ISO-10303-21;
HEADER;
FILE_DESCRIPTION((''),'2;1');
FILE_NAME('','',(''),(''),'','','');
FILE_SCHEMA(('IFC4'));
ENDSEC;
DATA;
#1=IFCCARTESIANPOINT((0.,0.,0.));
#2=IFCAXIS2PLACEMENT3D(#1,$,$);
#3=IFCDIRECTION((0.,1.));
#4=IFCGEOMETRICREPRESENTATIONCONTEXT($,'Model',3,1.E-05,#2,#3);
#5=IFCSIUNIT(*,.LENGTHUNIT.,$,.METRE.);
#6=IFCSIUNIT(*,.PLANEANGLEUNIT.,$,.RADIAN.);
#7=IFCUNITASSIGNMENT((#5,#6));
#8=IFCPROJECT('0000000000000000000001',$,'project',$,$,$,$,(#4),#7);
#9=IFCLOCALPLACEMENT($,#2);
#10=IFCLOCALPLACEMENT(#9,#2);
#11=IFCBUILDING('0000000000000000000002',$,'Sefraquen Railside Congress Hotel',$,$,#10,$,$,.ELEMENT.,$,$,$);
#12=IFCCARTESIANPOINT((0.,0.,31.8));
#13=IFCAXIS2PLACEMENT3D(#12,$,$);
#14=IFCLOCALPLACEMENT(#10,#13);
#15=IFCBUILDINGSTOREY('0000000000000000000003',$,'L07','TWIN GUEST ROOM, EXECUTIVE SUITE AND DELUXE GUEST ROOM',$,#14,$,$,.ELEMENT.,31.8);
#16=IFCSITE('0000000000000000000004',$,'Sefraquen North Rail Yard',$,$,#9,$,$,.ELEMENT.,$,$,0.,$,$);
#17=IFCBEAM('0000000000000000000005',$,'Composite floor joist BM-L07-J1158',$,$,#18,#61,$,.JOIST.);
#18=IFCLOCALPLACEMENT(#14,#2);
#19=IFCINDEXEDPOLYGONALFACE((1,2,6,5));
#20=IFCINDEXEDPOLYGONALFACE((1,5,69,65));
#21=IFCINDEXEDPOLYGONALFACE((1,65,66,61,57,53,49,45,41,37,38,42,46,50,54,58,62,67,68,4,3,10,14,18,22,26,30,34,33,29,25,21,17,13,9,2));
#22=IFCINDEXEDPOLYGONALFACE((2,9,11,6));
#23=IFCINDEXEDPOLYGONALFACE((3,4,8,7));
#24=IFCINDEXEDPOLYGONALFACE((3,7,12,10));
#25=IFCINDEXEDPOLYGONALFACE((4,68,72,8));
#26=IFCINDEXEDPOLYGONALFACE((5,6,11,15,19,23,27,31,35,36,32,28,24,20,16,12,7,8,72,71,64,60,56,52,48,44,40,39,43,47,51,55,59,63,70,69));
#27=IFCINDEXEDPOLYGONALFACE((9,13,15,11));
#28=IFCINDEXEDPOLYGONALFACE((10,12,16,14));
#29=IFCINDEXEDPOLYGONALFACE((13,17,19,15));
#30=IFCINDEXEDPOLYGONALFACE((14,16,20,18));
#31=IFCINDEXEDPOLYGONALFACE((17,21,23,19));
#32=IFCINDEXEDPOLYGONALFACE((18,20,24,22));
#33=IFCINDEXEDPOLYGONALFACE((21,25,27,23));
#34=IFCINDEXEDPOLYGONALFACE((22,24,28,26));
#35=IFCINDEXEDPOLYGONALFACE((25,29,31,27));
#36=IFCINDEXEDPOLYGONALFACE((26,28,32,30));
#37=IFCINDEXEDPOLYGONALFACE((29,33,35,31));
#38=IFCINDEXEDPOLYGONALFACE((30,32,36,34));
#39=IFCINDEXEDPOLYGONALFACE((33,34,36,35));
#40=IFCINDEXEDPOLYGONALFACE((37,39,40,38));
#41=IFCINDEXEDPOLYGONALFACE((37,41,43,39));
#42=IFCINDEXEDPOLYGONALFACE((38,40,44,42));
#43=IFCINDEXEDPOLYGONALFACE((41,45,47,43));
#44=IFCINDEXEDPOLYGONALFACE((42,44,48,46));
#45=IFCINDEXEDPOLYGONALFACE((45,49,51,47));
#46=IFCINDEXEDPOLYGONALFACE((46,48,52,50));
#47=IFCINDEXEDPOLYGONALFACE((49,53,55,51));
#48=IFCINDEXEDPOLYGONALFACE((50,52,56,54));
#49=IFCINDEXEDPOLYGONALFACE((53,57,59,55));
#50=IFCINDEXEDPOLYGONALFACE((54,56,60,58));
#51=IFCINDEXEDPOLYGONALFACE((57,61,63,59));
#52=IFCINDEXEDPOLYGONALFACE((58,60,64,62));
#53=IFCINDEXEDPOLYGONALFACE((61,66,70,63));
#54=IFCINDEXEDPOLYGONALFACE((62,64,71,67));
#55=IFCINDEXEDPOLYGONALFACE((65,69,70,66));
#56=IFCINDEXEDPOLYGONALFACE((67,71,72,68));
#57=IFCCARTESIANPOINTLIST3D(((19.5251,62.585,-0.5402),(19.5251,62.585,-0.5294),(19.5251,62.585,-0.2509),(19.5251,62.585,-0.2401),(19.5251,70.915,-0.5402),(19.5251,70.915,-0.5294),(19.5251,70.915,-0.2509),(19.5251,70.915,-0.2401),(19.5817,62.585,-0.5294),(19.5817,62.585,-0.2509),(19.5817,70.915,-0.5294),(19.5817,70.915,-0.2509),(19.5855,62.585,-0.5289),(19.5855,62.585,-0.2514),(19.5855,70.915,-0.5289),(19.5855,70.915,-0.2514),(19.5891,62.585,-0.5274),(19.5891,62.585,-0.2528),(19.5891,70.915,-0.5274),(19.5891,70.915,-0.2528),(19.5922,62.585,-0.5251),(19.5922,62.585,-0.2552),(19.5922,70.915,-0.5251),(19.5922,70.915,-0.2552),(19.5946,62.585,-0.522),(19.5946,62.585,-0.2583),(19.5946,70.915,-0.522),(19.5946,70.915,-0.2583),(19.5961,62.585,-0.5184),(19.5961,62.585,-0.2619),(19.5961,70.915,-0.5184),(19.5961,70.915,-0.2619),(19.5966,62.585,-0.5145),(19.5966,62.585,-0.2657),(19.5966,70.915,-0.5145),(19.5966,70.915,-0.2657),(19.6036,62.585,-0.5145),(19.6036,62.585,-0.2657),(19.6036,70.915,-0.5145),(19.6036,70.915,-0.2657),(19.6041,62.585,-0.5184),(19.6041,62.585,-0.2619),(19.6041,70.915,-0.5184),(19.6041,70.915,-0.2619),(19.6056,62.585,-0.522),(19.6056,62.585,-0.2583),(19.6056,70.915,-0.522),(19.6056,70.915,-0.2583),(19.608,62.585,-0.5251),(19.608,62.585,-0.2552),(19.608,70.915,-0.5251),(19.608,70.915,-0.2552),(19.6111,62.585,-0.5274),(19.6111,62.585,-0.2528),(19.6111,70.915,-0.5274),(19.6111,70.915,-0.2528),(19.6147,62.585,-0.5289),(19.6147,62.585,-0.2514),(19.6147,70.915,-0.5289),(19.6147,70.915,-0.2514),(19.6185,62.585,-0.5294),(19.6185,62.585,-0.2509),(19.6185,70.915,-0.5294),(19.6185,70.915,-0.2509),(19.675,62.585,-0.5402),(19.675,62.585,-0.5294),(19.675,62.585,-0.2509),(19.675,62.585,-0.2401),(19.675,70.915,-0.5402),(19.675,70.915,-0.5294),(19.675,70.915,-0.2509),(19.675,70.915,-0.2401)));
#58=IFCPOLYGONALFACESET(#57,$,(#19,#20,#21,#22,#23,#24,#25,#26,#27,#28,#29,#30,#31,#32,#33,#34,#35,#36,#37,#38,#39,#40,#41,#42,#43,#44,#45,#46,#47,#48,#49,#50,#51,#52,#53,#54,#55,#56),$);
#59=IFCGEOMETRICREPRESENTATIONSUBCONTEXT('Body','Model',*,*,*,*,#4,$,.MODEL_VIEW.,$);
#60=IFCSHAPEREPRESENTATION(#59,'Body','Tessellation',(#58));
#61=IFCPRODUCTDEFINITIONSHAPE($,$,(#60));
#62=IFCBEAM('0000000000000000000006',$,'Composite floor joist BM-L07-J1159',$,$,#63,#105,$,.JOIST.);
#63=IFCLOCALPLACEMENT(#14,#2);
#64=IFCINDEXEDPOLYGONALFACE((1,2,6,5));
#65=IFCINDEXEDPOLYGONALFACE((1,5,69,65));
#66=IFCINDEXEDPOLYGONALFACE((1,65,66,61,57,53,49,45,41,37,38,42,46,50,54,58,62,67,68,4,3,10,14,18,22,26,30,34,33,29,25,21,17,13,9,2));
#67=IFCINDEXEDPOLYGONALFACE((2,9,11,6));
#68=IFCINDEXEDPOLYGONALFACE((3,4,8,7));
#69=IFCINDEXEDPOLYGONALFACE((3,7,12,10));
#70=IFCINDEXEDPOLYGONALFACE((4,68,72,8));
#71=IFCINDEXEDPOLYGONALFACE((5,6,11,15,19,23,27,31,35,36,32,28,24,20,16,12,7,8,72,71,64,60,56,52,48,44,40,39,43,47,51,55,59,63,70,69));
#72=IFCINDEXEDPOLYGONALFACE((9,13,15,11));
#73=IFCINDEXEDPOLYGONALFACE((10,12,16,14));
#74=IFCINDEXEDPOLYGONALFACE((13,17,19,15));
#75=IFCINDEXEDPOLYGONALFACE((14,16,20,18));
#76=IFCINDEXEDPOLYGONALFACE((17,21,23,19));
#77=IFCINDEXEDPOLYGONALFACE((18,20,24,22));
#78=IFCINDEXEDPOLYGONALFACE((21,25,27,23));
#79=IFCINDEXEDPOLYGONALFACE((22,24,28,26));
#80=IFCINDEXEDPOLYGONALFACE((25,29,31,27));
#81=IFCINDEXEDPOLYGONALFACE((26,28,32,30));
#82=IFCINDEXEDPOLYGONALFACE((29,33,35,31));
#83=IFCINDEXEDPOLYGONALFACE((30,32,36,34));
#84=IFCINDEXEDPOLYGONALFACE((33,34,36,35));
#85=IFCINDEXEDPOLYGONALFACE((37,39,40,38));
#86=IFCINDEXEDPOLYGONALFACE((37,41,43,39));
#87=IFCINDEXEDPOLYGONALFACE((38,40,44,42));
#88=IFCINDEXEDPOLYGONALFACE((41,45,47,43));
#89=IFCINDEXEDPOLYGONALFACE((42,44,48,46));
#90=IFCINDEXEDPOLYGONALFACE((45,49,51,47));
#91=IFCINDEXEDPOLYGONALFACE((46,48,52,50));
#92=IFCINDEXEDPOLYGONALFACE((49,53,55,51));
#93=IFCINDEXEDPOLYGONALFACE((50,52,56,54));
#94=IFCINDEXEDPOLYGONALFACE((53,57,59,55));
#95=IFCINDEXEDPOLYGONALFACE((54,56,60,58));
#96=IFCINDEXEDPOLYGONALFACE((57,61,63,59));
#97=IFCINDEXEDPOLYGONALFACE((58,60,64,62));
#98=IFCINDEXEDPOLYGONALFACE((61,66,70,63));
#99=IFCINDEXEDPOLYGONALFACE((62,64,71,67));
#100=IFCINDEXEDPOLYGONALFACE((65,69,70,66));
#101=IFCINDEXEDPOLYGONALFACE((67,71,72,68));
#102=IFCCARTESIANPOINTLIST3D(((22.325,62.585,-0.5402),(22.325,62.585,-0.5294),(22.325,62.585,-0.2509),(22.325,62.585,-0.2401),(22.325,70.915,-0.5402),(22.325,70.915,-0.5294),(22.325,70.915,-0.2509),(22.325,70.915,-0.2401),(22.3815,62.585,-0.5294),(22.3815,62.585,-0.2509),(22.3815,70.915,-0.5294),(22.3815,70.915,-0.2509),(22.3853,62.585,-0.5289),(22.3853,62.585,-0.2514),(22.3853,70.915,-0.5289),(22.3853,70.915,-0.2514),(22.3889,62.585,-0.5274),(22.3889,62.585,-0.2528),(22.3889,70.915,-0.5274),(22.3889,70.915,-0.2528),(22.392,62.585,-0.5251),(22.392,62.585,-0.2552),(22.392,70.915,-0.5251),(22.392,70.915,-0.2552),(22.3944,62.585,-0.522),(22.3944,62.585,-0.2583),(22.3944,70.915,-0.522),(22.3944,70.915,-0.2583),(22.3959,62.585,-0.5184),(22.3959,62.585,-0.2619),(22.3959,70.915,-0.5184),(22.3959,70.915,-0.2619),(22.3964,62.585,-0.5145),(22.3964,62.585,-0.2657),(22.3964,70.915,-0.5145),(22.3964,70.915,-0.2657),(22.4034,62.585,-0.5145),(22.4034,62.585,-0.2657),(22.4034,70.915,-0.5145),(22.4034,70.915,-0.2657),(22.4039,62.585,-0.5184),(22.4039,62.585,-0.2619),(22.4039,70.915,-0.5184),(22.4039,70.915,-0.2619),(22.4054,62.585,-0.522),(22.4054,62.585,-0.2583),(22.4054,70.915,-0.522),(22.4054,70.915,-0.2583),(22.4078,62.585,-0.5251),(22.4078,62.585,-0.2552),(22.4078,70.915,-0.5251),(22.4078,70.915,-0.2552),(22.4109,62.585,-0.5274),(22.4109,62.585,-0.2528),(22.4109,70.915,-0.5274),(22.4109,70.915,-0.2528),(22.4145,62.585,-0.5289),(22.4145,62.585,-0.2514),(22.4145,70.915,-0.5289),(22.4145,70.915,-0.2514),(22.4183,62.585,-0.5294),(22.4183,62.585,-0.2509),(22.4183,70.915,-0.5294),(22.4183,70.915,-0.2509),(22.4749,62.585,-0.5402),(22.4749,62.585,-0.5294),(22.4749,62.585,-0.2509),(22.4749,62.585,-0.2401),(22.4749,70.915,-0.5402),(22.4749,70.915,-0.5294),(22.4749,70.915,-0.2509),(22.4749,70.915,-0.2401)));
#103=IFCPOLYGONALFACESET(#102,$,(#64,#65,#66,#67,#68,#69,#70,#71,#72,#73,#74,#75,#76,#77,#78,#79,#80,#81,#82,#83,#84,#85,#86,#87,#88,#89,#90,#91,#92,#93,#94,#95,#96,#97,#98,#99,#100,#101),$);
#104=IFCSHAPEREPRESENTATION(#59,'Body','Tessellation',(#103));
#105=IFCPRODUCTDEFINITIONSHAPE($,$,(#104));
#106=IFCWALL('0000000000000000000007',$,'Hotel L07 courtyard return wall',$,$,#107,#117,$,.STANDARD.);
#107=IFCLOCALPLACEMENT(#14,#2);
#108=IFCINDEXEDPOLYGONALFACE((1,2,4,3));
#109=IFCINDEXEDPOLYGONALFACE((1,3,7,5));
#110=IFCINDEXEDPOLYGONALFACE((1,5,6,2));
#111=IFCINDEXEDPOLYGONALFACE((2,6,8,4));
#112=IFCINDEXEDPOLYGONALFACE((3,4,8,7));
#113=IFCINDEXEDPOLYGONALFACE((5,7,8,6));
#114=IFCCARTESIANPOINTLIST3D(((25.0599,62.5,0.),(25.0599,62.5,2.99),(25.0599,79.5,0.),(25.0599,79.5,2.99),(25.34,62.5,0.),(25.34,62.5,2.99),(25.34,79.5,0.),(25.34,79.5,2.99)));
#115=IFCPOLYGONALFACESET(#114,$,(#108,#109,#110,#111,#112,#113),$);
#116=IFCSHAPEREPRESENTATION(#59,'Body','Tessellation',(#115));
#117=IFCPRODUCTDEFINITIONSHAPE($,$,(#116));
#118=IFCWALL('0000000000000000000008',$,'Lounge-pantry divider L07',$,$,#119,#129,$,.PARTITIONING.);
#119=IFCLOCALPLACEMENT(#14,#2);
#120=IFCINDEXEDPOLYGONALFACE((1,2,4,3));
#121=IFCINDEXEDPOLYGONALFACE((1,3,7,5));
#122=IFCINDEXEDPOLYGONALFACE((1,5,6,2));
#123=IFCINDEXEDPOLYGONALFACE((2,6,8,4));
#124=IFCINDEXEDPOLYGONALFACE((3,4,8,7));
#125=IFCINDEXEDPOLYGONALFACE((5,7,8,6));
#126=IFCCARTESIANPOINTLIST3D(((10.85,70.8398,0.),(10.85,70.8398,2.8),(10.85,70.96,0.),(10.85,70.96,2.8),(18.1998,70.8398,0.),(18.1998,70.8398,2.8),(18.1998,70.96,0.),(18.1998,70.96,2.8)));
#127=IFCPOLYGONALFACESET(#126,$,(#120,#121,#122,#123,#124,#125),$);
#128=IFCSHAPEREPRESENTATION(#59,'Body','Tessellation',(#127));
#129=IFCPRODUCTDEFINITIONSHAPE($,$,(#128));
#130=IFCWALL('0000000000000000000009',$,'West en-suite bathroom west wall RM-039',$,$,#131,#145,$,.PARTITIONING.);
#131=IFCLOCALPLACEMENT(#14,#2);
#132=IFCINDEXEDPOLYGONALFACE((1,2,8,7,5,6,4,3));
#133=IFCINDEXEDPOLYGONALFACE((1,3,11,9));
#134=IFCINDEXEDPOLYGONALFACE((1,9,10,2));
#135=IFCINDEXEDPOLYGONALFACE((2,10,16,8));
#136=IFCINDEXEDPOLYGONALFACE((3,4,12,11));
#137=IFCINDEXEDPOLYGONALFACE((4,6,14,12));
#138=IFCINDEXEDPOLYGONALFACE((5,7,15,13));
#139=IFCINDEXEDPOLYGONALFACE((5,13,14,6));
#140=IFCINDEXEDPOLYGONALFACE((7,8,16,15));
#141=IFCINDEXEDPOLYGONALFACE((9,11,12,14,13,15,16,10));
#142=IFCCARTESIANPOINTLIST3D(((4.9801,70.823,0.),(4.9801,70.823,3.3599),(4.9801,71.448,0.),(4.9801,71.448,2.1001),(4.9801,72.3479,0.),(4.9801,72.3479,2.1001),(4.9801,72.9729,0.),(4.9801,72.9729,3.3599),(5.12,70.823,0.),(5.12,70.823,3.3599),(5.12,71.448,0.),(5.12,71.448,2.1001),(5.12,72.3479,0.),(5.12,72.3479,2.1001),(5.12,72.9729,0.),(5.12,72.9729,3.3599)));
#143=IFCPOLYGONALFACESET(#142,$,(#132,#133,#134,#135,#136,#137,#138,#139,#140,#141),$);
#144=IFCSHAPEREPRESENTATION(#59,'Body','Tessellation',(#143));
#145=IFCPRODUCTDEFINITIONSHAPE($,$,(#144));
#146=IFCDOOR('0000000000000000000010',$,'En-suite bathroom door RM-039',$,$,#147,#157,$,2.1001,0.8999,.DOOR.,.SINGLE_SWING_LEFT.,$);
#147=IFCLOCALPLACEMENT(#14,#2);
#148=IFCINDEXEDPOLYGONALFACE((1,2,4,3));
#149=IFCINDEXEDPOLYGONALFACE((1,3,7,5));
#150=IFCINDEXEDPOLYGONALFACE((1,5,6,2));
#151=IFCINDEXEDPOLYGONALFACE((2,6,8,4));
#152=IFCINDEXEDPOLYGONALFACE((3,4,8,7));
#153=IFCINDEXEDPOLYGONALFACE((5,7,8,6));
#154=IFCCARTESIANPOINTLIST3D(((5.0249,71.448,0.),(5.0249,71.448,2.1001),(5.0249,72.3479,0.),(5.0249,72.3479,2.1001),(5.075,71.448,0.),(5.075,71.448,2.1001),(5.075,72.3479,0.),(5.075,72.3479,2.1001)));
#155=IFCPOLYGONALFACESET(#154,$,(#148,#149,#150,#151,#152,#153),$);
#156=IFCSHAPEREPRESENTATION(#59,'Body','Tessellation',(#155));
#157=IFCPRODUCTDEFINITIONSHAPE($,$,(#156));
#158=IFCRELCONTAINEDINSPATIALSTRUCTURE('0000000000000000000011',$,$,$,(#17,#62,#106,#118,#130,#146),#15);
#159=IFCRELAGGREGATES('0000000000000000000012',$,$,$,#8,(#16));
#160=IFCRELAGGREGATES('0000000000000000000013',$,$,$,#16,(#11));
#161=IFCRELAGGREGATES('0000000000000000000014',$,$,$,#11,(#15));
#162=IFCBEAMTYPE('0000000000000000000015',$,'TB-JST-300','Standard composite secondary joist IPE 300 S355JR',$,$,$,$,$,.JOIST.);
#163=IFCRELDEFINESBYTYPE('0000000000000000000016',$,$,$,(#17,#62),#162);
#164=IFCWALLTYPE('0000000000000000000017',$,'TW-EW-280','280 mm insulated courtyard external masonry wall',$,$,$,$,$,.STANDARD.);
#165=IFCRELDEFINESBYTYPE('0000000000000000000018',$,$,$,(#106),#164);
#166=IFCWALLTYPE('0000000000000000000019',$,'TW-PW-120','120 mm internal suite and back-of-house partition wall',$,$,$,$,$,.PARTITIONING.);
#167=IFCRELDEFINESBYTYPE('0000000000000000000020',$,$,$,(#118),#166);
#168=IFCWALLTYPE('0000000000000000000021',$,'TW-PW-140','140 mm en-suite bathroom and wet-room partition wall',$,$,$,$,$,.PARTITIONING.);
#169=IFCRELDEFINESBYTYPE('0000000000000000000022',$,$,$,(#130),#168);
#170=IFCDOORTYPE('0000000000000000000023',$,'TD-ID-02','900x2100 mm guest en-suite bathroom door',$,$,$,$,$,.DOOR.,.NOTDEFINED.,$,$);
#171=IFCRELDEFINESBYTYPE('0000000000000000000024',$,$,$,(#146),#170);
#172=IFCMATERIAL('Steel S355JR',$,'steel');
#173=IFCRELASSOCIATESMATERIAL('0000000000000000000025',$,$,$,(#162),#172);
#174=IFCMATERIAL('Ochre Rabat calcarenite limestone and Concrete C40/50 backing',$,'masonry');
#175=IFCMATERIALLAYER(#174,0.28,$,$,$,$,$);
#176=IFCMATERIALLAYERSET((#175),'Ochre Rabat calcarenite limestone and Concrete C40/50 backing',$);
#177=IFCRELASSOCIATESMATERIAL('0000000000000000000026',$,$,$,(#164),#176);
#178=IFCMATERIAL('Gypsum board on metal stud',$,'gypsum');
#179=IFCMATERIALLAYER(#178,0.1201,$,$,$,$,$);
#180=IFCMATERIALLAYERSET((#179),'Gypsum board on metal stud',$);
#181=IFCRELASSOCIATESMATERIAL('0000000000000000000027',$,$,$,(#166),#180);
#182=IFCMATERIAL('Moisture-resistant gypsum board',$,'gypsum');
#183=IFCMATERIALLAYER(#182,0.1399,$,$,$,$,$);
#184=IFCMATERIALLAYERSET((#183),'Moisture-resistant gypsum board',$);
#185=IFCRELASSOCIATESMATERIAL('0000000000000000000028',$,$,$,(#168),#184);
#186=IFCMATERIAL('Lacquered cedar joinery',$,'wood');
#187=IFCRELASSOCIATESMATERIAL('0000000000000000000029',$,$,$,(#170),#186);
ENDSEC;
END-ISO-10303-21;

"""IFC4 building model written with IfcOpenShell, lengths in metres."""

from ifc_helpers import new_model, si_unit, direction, frame, frame_2d, origin, origin_2d, place, context, subcontext, project, spatial, rectangle, i_section, extrude, material, layer, layer_set, material_profile, profile_set, type_object, element, fill, save


model = new_model("IFC4")

# Units and contexts
model_context = context("Model", 3, precision=1e-05, world=origin(), true_north=direction((0.0, 1.0)))
body_context = subcontext(model_context, "Body", "Model", "MODEL_VIEW")
ifc_project = project(units=[si_unit("LENGTHUNIT", "METRE"), si_unit("PLANEANGLEUNIT", "RADIAN")], contexts=[model_context])

# Site, building, storey
site_placement = place(None, origin())
site = spatial("IfcSite", under=ifc_project, at=site_placement, Name="Sefraquen North Rail Yard", CompositionType="ELEMENT", RefElevation=0.0)
building_placement = place(site_placement, origin())
building = spatial("IfcBuilding", under=site, at=building_placement, Name="Sefraquen Railside Congress Hotel", CompositionType="ELEMENT")
storey_placement = place(building_placement, frame((0.0, 0.0, 31.8)))
storey = spatial("IfcBuildingStorey", under=building, at=storey_placement, Name="L07", Description="TWIN GUEST ROOM, EXECUTIVE SUITE AND DELUXE GUEST ROOM", CompositionType="ELEMENT", Elevation=31.8)

# Beams
ifc_material_1 = material(Name="Steel S355JR", Category="steel")
ifc_material_profile_1 = material_profile(ifc_material_1, i_section(OverallWidth=0.1499, OverallDepth=0.3, WebThickness=0.0071, FlangeThickness=0.0107, FilletRadius=0.0149, at=origin_2d()), Name="IPE 300")
ifc_profile_set_1 = profile_set([ifc_material_profile_1], Name="Steel S355JR")
beam_type_1 = type_object("IfcBeamType", Name="TB-JST-300", Description="Standard composite secondary joist IPE 300 S355JR", PredefinedType="JOIST", material=ifc_profile_set_1)
for number, where, z_axis, x_axis, name in (
    (1, (19.6001, 62.585, -0.3901), (0.0, 1.0, 0.0), (-1.0, 0.0, 0.0), "Composite floor joist BM-L07-J1158"),
    (2, (22.3999, 62.585, -0.3901), (0.0, 1.0, 0.0), (-1.0, 0.0, 0.0), "Composite floor joist BM-L07-J1159"),
):
    element("IfcBeam", number, at=place(storey_placement, frame(where, z_axis=z_axis, x_axis=x_axis)), inside=storey, type_object=beam_type_1, Name=name, PredefinedType="JOIST", context=body_context, shape_type="SweptSolid", body=[
        extrude(i_section(OverallWidth=0.1499, OverallDepth=0.3, WebThickness=0.0071, FlangeThickness=0.0107, FilletRadius=0.0149, at=origin_2d()), origin(), (0.0, 0.0, 1.0), 8.3301),
    ])

# Walls
ifc_material_2 = material(Name="Ochre Rabat calcarenite limestone and Concrete C40/50 backing", Category="masonry")
ifc_layer_1 = layer(ifc_material_2, 0.28)
ifc_layer_set_1 = layer_set([ifc_layer_1], Name="Ochre Rabat calcarenite limestone and Concrete C40/50 backing")
wall_type_1 = type_object("IfcWallType", Name="TW-EW-280", Description="280 mm insulated courtyard external masonry wall", PredefinedType="STANDARD", material=ifc_layer_set_1)
wall_1_placement = place(storey_placement, frame((25.2, 62.5, 0.0), z_axis=(0.0, 0.0, 1.0), x_axis=(0.0, 1.0, 0.0)))
element("IfcWall", 3, at=wall_1_placement, inside=storey, type_object=wall_type_1, Name="Hotel L07 courtyard return wall", PredefinedType="STANDARD", context=body_context, shape_type="SweptSolid", body=[
    extrude(rectangle(XDim=17.0, YDim=0.28, at=frame_2d((8.5, 0.0))), origin(), (0.0, 0.0, 1.0), 2.99),
])
ifc_material_3 = material(Name="Gypsum board on metal stud", Category="gypsum")
ifc_layer_2 = layer(ifc_material_3, 0.1201)
ifc_layer_set_2 = layer_set([ifc_layer_2], Name="Gypsum board on metal stud")
wall_type_2 = type_object("IfcWallType", Name="TW-PW-120", Description="120 mm internal suite and back-of-house partition wall", PredefinedType="PARTITIONING", material=ifc_layer_set_2)
wall_2_placement = place(storey_placement, frame((10.8501, 70.8999, 0.0), z_axis=(0.0, 0.0, 1.0), x_axis=(1.0, 0.0, 0.0)))
element("IfcWall", 4, at=wall_2_placement, inside=storey, type_object=wall_type_2, Name="Lounge-pantry divider L07", PredefinedType="PARTITIONING", context=body_context, shape_type="SweptSolid", body=[
    extrude(rectangle(XDim=7.3499, YDim=0.1201, at=frame_2d((3.6748, 0.0))), origin(), (0.0, 0.0, 1.0), 2.8),
])

# Wall, opening, door
ifc_material_4 = material(Name="Moisture-resistant gypsum board", Category="gypsum")
ifc_layer_3 = layer(ifc_material_4, 0.1399)
ifc_layer_set_3 = layer_set([ifc_layer_3], Name="Moisture-resistant gypsum board")
wall_type_3 = type_object("IfcWallType", Name="TW-PW-140", Description="140 mm en-suite bathroom and wet-room partition wall", PredefinedType="PARTITIONING", material=ifc_layer_set_3)
wall_3_placement = place(storey_placement, frame((5.05, 70.823, 0.0), z_axis=(0.0, 0.0, 1.0), x_axis=(0.0, 1.0, 0.0)))
wall_3 = element("IfcWall", 5, at=wall_3_placement, inside=storey, type_object=wall_type_3, Name="West en-suite bathroom west wall RM-039", PredefinedType="PARTITIONING", context=body_context, shape_type="SweptSolid", body=[
    extrude(rectangle(XDim=2.1499, YDim=0.1399, at=frame_2d((1.075, 0.0))), origin(), (0.0, 0.0, 1.0), 3.3599),
])
opening_1_placement = place(wall_3_placement, frame((0.625, 0.0, 0.0)))
opening_1 = element("IfcOpeningElement", 6, at=opening_1_placement, cuts=wall_3, PredefinedType="OPENING", context=body_context, shape_type="SweptSolid", body=[
    extrude(rectangle(XDim=0.8999, YDim=2.1001, at=frame_2d((0.45, 1.05))), frame((0.0, 0.0798, 0.0), z_axis=(0.0, -1.0, 0.0), x_axis=(1.0, 0.0, 0.0)), (0.0, 0.0, 1.0), 0.1599),
])
ifc_material_5 = material(Name="Lacquered cedar joinery", Category="wood")
door_type_1 = type_object("IfcDoorType", Name="TD-ID-02", Description="900x2100 mm guest en-suite bathroom door", OperationType="NOTDEFINED", PredefinedType="DOOR", material=ifc_material_5)
door_1_placement = place(opening_1_placement, frame((0.8999, 0.0, 0.0), z_axis=(0.0, 0.0, 1.0), x_axis=(-1.0, 0.0, 0.0)))
door_1 = element("IfcDoor", 7, at=door_1_placement, inside=storey, type_object=door_type_1, Name="En-suite bathroom door RM-039", OperationType="SINGLE_SWING_LEFT", OverallHeight=2.1001, OverallWidth=0.8999, PredefinedType="DOOR", context=body_context, shape_type="SweptSolid", body=[
    extrude(rectangle(XDim=0.8999, YDim=2.1001, at=frame_2d((0.45, 1.05))), frame((0.0, 0.0249, 0.0), z_axis=(0.0, -1.0, 0.0), x_axis=(1.0, 0.0, 0.0)), (0.0, 0.0, 1.0), 0.05),
])
fill(opening_1, door_1)

save(model, "model.ifc")
